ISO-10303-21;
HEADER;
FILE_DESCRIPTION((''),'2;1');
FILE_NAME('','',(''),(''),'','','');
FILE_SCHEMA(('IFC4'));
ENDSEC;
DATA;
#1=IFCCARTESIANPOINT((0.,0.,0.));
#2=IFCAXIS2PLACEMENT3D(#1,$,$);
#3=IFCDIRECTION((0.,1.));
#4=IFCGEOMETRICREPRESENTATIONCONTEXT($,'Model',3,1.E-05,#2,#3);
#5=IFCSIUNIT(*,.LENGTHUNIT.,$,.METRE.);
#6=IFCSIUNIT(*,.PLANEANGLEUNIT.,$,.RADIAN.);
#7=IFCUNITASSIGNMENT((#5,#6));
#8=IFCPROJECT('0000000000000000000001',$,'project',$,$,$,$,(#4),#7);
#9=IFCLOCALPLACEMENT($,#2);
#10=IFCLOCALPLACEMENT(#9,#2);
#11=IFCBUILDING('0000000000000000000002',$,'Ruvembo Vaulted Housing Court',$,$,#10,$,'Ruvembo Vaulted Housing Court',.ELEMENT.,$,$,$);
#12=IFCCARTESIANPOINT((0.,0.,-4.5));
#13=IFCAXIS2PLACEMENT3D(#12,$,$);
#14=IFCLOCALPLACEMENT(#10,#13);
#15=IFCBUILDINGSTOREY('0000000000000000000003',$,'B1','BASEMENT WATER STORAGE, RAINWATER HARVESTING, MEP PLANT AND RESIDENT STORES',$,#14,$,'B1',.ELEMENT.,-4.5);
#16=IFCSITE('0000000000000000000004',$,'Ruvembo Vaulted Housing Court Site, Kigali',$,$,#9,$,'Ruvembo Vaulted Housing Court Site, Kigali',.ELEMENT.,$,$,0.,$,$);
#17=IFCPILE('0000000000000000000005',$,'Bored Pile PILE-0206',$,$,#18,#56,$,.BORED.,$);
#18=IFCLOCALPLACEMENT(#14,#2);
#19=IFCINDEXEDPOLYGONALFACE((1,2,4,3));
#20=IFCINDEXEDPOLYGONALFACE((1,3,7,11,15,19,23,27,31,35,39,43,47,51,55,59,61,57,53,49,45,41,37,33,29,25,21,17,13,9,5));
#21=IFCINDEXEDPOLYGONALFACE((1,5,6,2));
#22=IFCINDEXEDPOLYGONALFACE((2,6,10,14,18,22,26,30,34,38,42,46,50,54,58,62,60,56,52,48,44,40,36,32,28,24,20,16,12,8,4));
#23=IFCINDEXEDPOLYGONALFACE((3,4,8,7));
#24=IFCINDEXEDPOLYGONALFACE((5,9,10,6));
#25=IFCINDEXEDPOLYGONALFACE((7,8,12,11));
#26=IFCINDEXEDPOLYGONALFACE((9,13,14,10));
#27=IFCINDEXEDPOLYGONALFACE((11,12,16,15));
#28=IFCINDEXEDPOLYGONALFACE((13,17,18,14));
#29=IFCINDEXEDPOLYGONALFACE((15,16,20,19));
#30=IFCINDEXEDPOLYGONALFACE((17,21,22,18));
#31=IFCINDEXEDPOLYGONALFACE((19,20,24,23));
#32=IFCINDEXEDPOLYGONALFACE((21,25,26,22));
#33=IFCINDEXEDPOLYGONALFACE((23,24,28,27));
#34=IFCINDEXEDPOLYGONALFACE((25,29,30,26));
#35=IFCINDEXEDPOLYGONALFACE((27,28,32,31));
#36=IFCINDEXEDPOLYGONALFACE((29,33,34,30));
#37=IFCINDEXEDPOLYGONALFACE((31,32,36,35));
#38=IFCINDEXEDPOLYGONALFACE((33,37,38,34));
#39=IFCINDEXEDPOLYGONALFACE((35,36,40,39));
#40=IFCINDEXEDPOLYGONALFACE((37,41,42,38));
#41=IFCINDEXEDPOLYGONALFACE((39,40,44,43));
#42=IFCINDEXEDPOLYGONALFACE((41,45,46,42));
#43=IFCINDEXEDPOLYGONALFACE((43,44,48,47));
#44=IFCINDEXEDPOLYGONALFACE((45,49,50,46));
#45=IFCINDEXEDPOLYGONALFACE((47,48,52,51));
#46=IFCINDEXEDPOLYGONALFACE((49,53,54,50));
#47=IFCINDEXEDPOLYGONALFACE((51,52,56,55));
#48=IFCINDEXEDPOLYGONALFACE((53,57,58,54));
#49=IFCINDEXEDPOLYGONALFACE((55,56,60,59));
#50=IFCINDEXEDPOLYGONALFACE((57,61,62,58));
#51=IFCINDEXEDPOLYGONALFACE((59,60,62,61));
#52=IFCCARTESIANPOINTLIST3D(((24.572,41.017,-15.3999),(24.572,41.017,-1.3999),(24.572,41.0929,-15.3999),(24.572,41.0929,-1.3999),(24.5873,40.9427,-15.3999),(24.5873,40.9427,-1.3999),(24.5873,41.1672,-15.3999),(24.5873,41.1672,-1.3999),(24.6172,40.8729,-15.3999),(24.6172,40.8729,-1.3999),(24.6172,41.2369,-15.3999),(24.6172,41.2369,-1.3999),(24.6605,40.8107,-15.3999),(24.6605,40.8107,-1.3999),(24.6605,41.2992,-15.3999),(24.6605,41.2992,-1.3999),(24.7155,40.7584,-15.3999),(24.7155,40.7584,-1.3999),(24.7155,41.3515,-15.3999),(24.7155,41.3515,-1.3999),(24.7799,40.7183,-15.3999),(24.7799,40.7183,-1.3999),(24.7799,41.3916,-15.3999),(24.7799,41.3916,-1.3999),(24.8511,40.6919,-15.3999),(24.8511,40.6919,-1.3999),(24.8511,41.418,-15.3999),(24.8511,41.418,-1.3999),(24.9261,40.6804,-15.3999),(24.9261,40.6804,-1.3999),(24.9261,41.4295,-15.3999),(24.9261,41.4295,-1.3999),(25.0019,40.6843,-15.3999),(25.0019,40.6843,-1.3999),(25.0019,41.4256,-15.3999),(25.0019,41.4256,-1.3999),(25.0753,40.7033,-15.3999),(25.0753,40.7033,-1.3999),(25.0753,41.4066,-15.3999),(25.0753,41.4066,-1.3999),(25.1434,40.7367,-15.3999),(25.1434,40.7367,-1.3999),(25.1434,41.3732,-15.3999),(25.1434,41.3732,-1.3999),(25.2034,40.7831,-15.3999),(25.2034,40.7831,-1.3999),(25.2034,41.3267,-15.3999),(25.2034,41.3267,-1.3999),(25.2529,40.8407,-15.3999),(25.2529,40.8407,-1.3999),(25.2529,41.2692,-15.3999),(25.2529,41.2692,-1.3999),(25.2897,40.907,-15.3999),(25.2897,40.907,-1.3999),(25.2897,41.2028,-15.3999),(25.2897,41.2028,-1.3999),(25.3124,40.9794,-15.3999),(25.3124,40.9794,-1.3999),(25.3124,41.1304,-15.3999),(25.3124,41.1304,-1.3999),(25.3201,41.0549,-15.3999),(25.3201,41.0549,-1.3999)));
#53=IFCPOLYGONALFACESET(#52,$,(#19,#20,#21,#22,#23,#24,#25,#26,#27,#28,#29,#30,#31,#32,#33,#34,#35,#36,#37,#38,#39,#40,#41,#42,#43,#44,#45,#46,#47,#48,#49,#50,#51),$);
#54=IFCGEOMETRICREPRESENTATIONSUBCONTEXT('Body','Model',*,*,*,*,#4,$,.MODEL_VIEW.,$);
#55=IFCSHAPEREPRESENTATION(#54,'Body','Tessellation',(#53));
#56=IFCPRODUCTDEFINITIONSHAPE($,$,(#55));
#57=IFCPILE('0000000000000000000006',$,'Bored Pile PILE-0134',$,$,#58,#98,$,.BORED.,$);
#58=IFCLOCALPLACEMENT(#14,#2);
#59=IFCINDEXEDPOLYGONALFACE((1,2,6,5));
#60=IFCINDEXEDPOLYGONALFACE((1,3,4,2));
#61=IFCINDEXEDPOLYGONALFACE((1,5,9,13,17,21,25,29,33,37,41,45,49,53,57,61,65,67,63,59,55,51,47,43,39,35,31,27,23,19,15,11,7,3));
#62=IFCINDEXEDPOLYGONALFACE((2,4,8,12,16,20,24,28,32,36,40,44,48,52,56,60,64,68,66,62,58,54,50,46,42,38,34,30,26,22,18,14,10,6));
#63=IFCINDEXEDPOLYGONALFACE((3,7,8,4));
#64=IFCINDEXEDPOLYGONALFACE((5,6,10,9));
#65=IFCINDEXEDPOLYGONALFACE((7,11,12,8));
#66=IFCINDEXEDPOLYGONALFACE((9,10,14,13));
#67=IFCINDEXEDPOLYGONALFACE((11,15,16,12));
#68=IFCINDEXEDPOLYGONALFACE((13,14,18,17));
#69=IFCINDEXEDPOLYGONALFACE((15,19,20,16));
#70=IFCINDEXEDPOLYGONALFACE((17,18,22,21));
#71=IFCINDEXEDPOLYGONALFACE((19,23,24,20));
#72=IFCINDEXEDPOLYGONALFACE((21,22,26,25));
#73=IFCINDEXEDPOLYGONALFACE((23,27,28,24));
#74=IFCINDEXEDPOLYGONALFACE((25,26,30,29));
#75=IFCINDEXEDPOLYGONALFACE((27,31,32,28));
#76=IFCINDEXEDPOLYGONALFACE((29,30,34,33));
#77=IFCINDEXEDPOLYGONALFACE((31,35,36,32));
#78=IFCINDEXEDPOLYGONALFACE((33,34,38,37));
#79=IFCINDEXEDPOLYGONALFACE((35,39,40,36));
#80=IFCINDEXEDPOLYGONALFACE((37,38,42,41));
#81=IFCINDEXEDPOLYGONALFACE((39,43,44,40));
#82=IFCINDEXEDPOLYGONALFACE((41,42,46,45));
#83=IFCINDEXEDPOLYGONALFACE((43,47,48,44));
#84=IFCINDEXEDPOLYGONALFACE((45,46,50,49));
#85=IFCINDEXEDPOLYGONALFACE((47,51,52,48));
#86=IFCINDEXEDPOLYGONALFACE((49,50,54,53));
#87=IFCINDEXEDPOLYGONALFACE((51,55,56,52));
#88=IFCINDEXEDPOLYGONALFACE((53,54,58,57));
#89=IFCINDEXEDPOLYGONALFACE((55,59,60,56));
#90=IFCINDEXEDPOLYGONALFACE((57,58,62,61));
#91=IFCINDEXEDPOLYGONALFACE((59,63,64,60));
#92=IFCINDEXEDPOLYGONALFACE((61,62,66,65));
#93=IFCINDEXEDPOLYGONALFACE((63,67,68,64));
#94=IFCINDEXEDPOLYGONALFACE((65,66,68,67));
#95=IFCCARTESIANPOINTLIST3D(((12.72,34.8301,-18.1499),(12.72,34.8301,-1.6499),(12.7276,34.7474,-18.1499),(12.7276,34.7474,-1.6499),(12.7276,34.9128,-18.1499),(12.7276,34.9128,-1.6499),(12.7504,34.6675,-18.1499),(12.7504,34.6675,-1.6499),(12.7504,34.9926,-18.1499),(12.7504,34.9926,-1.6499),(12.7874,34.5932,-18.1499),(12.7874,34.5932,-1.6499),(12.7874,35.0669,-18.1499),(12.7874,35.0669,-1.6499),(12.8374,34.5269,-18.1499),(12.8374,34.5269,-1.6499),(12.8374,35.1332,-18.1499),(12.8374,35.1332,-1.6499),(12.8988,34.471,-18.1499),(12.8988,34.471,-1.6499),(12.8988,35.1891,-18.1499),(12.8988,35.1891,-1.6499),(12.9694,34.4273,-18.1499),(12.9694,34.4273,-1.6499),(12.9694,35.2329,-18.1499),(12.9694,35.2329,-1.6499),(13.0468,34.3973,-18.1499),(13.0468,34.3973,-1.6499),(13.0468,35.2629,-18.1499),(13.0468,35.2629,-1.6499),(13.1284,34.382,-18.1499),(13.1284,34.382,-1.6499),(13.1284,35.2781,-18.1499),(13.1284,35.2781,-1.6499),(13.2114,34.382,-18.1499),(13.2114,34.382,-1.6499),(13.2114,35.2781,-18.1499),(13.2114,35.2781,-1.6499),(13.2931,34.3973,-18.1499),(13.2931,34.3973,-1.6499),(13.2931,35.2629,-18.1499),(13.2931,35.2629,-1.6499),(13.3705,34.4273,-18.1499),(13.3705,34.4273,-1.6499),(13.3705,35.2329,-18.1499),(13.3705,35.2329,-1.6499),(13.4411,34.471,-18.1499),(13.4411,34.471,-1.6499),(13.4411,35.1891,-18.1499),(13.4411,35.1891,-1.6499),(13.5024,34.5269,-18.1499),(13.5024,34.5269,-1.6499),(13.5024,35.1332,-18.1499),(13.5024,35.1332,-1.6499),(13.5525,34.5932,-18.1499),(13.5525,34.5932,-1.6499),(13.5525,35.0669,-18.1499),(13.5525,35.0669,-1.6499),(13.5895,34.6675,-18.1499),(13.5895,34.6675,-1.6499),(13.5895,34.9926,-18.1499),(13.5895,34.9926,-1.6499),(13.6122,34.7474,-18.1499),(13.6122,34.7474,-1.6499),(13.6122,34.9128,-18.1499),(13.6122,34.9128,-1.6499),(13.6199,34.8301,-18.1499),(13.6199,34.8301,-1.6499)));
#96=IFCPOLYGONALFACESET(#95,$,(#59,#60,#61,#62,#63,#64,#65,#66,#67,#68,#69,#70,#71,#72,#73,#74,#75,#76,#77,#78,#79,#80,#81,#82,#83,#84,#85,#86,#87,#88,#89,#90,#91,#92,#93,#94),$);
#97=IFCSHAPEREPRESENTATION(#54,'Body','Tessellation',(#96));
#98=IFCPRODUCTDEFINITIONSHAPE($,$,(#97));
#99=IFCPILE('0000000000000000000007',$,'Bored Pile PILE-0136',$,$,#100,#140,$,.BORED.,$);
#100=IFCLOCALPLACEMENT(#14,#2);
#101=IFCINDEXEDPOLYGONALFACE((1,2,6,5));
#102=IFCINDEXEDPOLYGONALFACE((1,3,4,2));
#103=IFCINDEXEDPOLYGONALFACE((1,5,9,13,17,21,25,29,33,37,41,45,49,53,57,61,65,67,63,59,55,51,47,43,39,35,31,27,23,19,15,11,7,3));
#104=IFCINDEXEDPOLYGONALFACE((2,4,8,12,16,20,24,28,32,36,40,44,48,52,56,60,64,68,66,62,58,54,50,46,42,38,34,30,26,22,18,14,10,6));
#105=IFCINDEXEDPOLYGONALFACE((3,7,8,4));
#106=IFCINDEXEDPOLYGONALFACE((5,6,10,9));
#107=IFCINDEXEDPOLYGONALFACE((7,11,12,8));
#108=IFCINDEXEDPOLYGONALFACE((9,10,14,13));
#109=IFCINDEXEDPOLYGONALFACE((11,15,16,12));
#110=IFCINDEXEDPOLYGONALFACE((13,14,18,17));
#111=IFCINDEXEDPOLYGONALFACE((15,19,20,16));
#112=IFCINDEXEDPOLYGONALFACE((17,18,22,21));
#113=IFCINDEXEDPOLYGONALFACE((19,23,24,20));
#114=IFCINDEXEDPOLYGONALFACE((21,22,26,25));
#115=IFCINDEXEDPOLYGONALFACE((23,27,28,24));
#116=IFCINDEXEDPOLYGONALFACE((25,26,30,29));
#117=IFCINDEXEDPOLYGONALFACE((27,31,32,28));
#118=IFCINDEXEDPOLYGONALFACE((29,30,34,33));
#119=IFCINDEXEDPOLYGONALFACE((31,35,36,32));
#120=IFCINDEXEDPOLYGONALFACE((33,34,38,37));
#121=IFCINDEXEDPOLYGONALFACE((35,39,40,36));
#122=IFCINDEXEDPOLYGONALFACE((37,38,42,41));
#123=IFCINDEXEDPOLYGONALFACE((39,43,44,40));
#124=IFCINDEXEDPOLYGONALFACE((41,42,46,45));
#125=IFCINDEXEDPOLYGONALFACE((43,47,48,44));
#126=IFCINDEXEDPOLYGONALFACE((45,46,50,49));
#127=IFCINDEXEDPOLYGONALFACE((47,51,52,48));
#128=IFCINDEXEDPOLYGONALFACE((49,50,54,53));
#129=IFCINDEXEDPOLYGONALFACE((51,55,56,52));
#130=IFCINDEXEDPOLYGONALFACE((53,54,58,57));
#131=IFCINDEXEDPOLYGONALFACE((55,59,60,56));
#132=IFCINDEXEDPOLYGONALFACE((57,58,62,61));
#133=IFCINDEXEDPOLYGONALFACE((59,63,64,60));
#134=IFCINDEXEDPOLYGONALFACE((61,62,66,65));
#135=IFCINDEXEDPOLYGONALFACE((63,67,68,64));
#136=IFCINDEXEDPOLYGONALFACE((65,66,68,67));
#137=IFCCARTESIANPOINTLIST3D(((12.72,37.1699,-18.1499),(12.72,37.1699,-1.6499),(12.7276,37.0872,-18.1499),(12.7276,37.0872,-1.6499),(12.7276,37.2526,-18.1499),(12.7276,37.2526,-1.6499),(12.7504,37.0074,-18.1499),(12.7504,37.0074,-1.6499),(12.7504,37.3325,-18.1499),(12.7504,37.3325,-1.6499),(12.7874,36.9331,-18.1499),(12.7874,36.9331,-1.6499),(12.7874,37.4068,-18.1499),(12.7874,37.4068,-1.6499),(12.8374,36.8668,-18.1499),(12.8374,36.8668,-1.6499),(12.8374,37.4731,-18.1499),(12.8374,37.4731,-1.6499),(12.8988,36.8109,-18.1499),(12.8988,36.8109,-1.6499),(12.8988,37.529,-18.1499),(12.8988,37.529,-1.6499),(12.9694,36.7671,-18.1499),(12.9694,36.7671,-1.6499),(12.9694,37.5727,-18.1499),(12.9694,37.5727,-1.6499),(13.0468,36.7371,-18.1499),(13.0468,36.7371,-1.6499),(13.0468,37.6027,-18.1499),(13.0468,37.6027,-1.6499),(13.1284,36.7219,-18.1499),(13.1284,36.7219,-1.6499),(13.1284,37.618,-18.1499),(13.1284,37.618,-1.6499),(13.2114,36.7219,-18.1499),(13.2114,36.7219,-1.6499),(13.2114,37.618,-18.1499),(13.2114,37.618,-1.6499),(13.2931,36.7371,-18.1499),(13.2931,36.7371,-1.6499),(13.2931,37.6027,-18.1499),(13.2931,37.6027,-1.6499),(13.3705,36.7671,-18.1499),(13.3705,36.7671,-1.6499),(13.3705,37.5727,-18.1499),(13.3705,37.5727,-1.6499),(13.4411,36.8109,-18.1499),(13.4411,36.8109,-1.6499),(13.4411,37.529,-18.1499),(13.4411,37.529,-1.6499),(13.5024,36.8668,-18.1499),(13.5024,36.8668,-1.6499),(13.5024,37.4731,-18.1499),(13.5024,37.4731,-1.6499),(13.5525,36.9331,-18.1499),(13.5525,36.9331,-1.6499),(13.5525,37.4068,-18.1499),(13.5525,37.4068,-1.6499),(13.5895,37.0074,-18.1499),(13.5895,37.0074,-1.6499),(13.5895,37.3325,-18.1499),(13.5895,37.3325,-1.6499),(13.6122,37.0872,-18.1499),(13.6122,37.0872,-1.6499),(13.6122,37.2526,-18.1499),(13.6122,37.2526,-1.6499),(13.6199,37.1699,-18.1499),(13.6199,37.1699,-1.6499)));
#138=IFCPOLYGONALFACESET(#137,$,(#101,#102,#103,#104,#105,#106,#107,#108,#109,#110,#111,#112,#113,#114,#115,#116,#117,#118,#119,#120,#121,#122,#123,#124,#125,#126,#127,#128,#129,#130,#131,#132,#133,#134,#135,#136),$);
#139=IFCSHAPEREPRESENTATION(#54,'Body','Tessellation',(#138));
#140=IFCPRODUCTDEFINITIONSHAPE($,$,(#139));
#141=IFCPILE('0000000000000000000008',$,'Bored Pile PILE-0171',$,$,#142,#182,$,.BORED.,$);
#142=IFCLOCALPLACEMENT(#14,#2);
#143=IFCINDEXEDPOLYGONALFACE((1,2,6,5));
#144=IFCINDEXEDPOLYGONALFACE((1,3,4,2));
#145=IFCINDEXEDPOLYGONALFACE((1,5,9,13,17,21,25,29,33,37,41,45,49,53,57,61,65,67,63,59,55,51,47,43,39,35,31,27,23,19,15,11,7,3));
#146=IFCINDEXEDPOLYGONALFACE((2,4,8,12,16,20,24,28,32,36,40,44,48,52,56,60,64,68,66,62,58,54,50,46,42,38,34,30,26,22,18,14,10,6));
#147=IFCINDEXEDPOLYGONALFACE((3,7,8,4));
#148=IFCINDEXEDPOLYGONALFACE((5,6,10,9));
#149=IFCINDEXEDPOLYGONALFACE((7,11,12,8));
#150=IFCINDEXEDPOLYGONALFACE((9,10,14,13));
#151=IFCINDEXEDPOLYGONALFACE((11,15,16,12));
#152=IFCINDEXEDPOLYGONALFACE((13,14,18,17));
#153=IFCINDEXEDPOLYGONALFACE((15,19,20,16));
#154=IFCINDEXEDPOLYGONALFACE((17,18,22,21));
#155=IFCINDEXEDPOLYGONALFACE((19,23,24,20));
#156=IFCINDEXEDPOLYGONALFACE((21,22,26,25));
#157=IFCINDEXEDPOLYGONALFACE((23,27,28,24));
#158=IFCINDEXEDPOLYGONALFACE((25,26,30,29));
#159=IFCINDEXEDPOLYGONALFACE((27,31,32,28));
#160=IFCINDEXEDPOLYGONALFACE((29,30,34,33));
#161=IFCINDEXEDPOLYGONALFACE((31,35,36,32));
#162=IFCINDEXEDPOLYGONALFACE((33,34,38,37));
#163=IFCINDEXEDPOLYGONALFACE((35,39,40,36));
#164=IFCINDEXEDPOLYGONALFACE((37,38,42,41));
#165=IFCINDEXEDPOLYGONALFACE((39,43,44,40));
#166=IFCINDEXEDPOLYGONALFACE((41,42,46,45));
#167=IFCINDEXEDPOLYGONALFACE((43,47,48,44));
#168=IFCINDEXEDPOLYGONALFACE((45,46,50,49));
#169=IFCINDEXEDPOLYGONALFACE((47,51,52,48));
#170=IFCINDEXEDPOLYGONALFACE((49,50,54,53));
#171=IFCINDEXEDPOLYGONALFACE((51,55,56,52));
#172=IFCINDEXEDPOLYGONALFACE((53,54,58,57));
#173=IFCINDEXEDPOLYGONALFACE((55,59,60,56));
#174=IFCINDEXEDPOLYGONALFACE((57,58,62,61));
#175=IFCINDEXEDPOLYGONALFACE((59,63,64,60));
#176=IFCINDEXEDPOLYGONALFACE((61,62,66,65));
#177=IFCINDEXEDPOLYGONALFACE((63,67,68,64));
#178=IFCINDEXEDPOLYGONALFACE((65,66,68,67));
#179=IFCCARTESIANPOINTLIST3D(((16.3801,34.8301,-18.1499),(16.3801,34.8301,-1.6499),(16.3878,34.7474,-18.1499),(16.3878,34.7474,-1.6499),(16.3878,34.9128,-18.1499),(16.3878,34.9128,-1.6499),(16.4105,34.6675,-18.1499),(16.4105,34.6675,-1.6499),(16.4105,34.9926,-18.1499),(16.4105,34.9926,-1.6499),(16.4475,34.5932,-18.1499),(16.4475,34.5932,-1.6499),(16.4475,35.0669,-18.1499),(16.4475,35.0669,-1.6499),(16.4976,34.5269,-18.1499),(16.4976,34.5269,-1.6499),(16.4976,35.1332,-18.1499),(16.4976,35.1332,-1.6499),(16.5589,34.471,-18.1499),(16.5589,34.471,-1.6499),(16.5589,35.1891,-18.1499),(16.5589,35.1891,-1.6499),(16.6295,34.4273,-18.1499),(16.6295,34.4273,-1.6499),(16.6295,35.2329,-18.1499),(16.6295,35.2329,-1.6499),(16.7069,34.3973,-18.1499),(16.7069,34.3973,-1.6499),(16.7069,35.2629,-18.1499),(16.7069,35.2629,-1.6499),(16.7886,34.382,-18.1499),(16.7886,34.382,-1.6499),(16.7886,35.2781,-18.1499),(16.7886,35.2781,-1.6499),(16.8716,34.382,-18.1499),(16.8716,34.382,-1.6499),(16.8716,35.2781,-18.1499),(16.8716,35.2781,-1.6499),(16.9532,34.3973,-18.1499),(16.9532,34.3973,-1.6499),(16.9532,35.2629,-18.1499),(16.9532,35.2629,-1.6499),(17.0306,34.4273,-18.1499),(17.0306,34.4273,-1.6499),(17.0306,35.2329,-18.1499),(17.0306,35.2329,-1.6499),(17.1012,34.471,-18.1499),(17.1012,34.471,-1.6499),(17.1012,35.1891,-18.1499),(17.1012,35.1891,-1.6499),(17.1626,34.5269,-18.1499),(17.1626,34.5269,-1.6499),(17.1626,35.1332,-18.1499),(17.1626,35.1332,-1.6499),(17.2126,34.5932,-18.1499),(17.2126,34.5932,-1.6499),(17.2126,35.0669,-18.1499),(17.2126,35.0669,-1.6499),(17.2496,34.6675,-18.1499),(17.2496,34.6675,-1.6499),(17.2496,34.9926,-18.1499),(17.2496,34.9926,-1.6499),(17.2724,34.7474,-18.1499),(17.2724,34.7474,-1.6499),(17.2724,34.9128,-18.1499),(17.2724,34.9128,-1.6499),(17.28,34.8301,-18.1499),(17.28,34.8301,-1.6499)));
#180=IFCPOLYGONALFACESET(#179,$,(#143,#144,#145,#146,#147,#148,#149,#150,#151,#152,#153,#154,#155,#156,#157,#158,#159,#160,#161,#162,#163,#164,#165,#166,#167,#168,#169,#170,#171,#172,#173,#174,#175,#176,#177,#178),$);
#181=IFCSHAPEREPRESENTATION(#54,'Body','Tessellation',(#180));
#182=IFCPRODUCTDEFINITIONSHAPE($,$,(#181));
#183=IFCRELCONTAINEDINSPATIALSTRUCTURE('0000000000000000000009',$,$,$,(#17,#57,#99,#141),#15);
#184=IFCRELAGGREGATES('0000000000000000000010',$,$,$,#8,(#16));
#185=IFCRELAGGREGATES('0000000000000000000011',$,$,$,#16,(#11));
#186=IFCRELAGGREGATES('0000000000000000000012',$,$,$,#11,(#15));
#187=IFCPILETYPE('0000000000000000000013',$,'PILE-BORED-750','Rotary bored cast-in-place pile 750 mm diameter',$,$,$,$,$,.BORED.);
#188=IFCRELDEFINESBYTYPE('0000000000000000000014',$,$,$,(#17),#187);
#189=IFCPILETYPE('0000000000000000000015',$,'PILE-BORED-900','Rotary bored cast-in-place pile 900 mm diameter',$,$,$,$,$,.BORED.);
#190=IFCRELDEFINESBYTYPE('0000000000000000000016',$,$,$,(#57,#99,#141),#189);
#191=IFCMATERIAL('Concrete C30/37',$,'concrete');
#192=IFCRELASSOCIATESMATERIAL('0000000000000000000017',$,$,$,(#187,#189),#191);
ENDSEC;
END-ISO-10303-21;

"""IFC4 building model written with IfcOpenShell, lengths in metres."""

from ifc_helpers import new_model, si_unit, direction, frame, origin, origin_2d, place, context, subcontext, project, spatial, circle, extrude, material, material_profile, profile_set, type_object, element, save


model = new_model("IFC4")

# Units and contexts
model_context = context("Model", 3, precision=1e-05, world=origin(), true_north=direction((0.0, 1.0)))
body_context = subcontext(model_context, "Body", "Model", "MODEL_VIEW")
ifc_project = project(units=[si_unit("LENGTHUNIT", "METRE"), si_unit("PLANEANGLEUNIT", "RADIAN")], contexts=[model_context])

# Site, building, storey
site_placement = place(None, origin())
site = spatial("IfcSite", under=ifc_project, at=site_placement, Name="Ruvembo Vaulted Housing Court Site, Kigali", LongName="Ruvembo Vaulted Housing Court Site, Kigali", CompositionType="ELEMENT", RefElevation=0.0)
building_placement = place(site_placement, origin())
building = spatial("IfcBuilding", under=site, at=building_placement, Name="Ruvembo Vaulted Housing Court", LongName="Ruvembo Vaulted Housing Court", CompositionType="ELEMENT")
storey_placement = place(building_placement, frame((0.0, 0.0, -4.5)))
storey = spatial("IfcBuildingStorey", under=building, at=storey_placement, Name="B1", Description="BASEMENT WATER STORAGE, RAINWATER HARVESTING, MEP PLANT AND RESIDENT STORES", LongName="B1", CompositionType="ELEMENT", Elevation=-4.5)

# Piles
ifc_material_1 = material(Name="Concrete C30/37", Category="concrete")
ifc_material_profile_1 = material_profile(ifc_material_1, circle(Radius=0.375, at=origin_2d()), Name="PILE D750")
ifc_profile_set_1 = profile_set([ifc_material_profile_1], Name="Concrete C30/37")
pile_type_1 = type_object("IfcPileType", Name="PILE-BORED-750", Description="Rotary bored cast-in-place pile 750 mm diameter", PredefinedType="BORED", material=ifc_profile_set_1)
for number, where, z_axis, x_axis, name in (
    (1, (24.9451, 41.0549, -1.3999), (0.0, 0.0, -1.0), (1.0, 0.0, 0.0), "Bored Pile PILE-0206"),
):
    element("IfcPile", number, at=place(storey_placement, frame(where, z_axis=z_axis, x_axis=x_axis)), inside=storey, type_object=pile_type_1, Name=name, PredefinedType="BORED", context=body_context, shape_type="SweptSolid", body=[
        extrude(circle(Radius=0.375, at=origin_2d()), origin(), (0.0, 0.0, 1.0), 14.0),
    ])
ifc_material_profile_2 = material_profile(ifc_material_1, circle(Radius=0.45, at=origin_2d()), Name="PILE D900")
ifc_profile_set_2 = profile_set([ifc_material_profile_2], Name="Concrete C30/37")
pile_type_2 = type_object("IfcPileType", Name="PILE-BORED-900", Description="Rotary bored cast-in-place pile 900 mm diameter", PredefinedType="BORED", material=ifc_profile_set_2)
for number, where, z_axis, x_axis, name in (
    (2, (13.1699, 34.8301, -1.6499), (0.0, 0.0, -1.0), (1.0, 0.0, 0.0), "Bored Pile PILE-0134"),
    (3, (13.1699, 37.1699, -1.6499), (0.0, 0.0, -1.0), (1.0, 0.0, 0.0), "Bored Pile PILE-0136"),
    (4, (16.8301, 34.8301, -1.6499), (0.0, 0.0, -1.0), (1.0, 0.0, 0.0), "Bored Pile PILE-0171"),
):
    element("IfcPile", number, at=place(storey_placement, frame(where, z_axis=z_axis, x_axis=x_axis)), inside=storey, type_object=pile_type_2, Name=name, PredefinedType="BORED", context=body_context, shape_type="SweptSolid", body=[
        extrude(circle(Radius=0.45, at=origin_2d()), origin(), (0.0, 0.0, 1.0), 16.5),
    ])

save(model, "model.ifc")
